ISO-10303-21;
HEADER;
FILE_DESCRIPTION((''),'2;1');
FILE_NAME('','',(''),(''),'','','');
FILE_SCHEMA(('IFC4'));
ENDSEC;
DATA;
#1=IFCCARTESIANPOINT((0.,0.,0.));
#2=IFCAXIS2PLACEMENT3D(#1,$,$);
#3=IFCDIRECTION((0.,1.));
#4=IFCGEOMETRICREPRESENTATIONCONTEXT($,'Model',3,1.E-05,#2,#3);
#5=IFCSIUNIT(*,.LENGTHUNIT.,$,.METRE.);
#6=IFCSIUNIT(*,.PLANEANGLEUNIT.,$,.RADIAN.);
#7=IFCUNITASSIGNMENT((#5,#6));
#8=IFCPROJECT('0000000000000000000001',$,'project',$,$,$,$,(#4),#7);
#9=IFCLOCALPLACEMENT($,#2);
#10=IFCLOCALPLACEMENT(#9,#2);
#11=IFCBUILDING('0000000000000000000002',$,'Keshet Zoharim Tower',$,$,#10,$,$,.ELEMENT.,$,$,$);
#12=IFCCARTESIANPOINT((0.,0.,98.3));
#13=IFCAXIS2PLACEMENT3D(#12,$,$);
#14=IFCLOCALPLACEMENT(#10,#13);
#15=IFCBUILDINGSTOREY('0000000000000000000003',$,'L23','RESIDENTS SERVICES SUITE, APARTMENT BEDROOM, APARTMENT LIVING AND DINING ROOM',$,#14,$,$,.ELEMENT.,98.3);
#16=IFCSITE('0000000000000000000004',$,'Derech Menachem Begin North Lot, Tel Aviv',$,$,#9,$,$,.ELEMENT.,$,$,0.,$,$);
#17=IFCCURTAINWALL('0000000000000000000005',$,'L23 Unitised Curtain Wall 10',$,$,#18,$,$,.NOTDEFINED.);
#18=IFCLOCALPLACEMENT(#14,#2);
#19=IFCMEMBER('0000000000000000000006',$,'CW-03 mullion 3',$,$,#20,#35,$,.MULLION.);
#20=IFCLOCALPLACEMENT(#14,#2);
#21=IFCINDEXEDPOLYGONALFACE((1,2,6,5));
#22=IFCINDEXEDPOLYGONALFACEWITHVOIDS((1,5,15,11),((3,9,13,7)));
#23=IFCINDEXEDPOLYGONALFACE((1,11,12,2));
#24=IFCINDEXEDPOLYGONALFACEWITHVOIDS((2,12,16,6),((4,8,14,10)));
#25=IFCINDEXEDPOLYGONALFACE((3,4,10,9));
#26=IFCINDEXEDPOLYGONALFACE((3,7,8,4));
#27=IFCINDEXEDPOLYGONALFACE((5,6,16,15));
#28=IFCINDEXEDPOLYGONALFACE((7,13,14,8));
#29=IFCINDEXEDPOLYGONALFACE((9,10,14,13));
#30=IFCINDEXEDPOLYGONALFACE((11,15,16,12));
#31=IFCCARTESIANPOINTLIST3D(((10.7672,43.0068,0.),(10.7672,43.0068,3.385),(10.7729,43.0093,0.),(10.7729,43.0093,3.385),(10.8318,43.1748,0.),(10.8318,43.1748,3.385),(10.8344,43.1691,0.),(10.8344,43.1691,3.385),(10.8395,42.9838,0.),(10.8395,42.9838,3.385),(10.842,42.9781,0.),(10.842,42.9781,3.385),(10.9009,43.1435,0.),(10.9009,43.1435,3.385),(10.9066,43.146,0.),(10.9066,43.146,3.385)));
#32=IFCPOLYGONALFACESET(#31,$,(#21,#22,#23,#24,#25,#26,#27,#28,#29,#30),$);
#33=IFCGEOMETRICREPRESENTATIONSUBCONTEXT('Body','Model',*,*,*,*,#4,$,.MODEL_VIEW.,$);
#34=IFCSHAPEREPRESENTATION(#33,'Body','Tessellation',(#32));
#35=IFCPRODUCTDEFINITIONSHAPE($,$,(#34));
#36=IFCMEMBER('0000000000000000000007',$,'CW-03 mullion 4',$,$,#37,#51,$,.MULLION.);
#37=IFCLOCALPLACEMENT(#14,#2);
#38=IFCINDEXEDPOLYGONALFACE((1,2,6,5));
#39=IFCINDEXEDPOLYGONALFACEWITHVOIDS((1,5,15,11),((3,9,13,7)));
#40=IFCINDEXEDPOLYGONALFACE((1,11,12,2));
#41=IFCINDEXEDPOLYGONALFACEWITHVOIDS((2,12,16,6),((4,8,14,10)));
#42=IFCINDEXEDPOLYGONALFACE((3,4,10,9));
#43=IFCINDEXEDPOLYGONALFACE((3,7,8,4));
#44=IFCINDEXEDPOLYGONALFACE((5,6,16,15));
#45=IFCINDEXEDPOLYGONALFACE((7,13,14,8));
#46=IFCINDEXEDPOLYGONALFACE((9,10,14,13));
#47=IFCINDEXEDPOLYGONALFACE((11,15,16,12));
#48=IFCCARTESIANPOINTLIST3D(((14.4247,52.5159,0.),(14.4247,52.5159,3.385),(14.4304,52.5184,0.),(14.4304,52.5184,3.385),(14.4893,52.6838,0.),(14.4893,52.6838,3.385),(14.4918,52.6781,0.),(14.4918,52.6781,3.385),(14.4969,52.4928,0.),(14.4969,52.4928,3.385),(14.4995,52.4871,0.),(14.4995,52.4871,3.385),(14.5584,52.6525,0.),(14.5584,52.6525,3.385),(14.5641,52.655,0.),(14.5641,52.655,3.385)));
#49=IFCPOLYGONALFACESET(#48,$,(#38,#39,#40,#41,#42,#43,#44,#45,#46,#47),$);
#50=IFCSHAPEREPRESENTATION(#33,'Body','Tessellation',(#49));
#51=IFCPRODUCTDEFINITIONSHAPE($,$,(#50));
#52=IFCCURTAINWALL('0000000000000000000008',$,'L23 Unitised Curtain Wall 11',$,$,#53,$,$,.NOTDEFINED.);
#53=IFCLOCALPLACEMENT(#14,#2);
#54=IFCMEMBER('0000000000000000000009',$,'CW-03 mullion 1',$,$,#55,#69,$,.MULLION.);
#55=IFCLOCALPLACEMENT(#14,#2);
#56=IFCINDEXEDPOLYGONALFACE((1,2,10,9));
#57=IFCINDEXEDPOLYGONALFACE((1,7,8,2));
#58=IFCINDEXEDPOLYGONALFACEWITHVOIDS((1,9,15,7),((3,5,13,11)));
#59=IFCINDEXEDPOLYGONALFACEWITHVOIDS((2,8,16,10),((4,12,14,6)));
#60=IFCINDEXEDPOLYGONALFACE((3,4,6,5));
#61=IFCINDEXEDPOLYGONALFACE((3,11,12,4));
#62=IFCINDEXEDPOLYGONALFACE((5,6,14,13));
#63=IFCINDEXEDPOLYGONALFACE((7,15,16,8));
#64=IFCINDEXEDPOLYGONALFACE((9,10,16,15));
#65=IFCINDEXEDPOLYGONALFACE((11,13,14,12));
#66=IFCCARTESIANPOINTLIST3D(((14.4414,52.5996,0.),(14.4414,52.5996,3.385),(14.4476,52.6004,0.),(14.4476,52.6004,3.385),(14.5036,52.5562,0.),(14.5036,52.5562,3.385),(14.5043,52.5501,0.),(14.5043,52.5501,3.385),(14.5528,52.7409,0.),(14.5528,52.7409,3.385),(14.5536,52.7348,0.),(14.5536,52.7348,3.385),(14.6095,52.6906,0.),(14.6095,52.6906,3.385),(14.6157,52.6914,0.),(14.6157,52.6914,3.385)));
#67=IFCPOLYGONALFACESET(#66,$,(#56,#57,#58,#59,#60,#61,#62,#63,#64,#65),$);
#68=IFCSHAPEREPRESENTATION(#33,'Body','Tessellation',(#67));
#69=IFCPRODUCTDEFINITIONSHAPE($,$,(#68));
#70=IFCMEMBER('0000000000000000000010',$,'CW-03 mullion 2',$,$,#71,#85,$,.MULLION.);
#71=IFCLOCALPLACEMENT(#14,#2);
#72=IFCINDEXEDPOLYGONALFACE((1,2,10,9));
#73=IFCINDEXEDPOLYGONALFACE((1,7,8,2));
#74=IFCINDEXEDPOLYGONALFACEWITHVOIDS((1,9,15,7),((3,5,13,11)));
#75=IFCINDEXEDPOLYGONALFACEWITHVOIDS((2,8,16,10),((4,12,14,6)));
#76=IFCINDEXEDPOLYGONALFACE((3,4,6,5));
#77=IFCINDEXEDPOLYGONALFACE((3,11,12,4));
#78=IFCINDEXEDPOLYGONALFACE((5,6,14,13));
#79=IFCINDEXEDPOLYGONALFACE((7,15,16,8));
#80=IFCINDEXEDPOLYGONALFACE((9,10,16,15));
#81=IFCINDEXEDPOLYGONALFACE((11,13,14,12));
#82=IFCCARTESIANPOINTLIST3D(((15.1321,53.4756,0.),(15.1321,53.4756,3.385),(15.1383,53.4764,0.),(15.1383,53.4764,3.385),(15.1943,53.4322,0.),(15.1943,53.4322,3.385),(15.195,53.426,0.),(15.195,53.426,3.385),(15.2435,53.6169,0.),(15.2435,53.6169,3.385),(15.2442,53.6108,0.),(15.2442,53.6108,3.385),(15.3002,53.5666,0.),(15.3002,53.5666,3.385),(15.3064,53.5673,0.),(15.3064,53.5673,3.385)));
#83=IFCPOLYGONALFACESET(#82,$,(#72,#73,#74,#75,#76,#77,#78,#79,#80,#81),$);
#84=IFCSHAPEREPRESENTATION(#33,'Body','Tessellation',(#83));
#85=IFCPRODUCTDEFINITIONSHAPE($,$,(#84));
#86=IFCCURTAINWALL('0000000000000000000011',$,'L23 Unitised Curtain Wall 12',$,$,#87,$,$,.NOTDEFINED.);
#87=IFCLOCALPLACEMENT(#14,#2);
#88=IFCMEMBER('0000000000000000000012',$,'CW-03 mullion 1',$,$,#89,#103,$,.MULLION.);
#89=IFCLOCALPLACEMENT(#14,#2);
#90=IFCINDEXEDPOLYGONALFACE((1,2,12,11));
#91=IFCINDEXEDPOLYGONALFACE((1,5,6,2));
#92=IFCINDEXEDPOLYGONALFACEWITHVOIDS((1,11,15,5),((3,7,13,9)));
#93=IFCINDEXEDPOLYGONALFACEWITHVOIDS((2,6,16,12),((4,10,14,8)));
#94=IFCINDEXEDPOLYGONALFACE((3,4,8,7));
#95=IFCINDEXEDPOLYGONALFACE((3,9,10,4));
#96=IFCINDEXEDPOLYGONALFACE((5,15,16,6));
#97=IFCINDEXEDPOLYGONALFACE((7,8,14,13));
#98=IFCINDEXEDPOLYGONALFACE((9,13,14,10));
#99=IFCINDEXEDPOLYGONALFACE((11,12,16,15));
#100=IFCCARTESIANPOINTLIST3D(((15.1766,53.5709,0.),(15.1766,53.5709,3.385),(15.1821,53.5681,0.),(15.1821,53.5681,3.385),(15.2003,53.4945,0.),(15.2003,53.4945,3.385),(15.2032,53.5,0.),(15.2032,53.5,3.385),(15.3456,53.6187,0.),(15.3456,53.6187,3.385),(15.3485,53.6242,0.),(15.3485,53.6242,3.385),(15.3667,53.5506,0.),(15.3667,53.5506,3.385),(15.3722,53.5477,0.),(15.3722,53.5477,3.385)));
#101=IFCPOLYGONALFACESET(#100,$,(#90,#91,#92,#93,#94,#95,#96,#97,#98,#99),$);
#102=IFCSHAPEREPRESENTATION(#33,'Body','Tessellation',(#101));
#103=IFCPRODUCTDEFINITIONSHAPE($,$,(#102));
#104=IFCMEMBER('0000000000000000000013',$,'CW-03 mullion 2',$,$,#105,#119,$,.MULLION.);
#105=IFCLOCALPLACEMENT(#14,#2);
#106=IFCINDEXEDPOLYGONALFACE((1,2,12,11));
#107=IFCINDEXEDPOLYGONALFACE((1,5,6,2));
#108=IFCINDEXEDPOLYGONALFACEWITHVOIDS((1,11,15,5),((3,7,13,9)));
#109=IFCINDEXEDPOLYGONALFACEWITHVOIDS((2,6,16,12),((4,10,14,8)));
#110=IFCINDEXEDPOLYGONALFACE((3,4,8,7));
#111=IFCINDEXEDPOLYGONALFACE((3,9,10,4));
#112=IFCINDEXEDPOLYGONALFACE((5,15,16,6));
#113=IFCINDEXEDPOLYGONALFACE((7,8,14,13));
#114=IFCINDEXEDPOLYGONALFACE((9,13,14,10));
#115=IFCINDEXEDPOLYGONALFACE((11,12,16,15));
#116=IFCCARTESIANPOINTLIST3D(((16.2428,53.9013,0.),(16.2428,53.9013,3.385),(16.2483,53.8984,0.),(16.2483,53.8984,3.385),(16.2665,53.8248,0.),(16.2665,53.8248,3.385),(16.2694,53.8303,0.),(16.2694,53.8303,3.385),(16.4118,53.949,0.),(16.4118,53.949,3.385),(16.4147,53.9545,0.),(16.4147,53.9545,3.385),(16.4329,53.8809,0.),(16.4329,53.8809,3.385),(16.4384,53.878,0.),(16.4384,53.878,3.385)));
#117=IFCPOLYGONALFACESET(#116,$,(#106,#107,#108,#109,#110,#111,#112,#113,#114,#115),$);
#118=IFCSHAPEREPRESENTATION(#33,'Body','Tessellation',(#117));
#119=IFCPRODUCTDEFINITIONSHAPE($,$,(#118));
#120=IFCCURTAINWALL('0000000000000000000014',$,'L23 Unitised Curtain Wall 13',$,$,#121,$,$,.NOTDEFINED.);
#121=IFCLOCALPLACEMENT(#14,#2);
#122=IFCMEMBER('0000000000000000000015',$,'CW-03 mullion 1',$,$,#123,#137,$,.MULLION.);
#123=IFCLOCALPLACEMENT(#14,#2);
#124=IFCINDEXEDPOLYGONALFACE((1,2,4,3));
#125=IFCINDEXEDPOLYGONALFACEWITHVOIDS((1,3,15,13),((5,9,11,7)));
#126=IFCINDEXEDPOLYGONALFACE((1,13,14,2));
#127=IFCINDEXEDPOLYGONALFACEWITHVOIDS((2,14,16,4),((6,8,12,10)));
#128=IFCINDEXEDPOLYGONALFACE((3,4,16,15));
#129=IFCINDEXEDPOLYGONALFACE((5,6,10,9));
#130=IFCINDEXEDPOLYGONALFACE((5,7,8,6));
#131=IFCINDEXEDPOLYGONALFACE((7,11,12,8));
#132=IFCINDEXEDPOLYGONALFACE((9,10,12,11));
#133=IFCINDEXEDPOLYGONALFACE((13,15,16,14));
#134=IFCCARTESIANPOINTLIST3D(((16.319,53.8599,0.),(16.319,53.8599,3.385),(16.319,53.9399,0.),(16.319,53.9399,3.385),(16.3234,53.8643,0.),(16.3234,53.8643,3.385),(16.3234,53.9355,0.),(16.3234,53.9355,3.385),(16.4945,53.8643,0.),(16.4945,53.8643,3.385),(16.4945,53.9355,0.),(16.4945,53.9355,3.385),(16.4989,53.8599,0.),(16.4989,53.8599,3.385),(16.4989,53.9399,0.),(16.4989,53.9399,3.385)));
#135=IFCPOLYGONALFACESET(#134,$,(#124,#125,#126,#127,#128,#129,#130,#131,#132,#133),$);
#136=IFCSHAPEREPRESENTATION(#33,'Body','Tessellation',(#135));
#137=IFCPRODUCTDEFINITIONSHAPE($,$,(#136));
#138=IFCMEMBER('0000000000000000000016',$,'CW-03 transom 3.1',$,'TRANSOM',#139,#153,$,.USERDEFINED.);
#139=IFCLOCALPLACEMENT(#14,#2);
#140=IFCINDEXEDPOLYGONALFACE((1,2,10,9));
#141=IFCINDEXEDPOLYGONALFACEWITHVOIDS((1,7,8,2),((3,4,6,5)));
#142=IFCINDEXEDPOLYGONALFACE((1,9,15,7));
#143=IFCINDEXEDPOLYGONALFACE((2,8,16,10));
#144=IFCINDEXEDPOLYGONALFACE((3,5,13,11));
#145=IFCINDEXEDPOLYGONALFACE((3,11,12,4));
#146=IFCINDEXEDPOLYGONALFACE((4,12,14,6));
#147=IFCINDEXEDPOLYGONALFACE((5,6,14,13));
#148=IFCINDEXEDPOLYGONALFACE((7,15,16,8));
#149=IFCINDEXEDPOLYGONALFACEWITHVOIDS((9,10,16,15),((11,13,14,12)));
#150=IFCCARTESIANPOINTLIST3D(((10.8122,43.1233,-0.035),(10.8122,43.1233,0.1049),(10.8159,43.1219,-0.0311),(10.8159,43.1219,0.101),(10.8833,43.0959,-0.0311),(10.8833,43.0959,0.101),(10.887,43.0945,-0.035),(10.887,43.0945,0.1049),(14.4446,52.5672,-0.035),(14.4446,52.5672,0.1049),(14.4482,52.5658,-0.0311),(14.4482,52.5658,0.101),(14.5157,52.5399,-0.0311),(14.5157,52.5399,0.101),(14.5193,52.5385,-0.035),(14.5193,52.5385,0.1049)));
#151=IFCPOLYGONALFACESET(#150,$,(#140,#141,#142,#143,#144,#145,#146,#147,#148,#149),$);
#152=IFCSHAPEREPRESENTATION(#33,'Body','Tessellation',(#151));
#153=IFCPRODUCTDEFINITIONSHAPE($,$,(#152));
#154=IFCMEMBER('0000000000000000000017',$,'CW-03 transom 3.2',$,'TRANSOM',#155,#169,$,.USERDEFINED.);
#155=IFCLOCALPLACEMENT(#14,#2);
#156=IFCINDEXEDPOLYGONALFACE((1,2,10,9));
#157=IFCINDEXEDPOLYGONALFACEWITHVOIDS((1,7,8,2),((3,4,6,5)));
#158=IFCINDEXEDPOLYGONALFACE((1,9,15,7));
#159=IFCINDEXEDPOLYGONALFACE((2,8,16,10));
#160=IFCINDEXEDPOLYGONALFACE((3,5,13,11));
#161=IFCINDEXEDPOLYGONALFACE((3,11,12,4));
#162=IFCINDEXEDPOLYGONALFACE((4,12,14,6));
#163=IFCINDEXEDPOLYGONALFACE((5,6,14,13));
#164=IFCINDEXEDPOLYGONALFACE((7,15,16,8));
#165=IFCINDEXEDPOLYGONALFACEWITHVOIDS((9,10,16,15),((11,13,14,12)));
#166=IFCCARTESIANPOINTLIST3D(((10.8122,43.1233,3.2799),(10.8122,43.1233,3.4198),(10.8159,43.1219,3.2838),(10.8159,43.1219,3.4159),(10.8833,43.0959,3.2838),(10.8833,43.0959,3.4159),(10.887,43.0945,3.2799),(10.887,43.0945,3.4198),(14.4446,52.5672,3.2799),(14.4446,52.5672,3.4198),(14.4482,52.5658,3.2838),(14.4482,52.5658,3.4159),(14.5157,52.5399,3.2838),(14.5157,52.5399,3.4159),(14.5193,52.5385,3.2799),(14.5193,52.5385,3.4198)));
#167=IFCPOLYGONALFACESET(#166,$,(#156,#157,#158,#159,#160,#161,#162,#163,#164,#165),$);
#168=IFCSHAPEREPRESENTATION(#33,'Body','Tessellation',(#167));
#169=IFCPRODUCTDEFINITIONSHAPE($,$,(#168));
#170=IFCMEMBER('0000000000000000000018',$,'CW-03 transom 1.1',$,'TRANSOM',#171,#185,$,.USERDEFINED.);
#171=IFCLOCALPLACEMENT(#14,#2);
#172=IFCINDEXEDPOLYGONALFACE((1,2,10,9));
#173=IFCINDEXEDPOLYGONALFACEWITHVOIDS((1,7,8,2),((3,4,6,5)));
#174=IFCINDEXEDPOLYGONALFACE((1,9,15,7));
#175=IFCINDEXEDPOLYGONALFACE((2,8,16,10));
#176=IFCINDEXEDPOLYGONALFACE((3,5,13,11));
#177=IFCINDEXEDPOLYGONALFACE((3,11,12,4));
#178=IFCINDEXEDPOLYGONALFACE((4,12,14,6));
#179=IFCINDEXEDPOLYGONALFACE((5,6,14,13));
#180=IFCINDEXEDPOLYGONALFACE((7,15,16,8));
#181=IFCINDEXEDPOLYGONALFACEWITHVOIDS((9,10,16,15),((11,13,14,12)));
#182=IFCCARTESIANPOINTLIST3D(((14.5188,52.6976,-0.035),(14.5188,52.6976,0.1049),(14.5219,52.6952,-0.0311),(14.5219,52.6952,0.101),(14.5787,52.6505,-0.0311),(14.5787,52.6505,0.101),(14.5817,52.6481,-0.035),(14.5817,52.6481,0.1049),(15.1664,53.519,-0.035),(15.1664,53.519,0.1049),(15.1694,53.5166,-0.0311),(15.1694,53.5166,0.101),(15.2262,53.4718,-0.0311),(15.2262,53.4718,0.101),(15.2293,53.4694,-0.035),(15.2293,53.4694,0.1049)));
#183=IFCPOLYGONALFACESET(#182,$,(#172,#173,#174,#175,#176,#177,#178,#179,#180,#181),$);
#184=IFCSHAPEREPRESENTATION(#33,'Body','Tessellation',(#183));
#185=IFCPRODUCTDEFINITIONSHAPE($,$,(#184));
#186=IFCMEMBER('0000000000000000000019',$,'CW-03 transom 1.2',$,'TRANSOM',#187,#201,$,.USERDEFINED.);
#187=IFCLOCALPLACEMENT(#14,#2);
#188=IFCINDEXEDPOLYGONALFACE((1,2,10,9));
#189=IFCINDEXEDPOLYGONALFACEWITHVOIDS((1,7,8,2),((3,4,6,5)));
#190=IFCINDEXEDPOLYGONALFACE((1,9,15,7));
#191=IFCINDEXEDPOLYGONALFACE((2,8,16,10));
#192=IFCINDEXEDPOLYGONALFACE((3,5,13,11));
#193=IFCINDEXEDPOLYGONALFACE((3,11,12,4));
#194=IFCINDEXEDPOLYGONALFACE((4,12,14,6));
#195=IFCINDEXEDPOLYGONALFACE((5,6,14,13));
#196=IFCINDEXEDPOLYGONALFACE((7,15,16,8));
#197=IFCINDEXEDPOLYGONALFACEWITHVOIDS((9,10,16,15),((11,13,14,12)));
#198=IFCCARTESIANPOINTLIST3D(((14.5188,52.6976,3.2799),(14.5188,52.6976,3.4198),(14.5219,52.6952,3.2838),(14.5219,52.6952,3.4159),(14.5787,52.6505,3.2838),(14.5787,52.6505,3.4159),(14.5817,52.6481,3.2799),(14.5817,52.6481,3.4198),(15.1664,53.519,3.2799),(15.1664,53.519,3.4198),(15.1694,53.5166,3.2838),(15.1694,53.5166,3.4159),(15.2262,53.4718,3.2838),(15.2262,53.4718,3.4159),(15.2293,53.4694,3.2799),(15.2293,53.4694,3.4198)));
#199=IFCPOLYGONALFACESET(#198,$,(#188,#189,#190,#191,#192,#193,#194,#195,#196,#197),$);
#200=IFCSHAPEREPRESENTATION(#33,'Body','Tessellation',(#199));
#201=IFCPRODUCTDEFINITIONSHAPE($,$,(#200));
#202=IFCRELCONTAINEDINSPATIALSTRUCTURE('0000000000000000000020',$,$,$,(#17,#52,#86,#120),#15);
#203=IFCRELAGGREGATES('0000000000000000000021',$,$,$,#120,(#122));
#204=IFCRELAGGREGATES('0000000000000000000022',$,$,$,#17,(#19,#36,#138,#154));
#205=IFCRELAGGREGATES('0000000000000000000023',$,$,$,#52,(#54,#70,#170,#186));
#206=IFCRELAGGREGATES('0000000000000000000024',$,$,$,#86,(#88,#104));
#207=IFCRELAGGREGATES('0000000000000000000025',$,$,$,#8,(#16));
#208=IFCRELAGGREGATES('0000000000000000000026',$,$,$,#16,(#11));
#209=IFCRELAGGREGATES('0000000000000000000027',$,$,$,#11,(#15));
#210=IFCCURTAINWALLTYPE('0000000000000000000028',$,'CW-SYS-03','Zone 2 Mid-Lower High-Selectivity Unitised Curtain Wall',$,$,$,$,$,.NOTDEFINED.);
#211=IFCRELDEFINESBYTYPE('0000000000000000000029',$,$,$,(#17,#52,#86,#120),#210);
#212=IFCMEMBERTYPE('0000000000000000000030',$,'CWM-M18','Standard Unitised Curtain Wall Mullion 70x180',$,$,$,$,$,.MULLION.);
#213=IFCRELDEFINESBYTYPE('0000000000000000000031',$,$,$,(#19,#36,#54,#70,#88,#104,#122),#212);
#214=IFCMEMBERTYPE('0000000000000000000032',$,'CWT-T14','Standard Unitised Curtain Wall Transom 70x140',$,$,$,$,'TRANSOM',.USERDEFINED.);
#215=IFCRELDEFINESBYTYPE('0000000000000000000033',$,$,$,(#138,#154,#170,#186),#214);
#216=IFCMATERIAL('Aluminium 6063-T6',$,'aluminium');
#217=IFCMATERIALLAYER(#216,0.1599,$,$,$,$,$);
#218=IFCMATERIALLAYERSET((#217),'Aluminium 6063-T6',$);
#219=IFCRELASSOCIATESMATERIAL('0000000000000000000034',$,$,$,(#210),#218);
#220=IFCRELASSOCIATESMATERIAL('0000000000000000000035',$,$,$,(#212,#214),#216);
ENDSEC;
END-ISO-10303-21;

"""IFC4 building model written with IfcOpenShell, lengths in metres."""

from ifc_helpers import new_model, si_unit, direction, frame, origin, origin_2d, place, context, subcontext, project, spatial, hollow_rectangle, extrude, material, layer, layer_set, material_profile, profile_set, type_object, element, aggregate, save


model = new_model("IFC4")

# Units and contexts
model_context = context("Model", 3, precision=1e-05, world=origin(), true_north=direction((0.0, 1.0)))
body_context = subcontext(model_context, "Body", "Model", "MODEL_VIEW")
ifc_project = project(units=[si_unit("LENGTHUNIT", "METRE"), si_unit("PLANEANGLEUNIT", "RADIAN")], contexts=[model_context])

# Site, building, storey
site_placement = place(None, origin())
site = spatial("IfcSite", under=ifc_project, at=site_placement, Name="Derech Menachem Begin North Lot, Tel Aviv", CompositionType="ELEMENT", RefElevation=0.0)
building_placement = place(site_placement, origin())
building = spatial("IfcBuilding", under=site, at=building_placement, Name="Keshet Zoharim Tower", CompositionType="ELEMENT")
storey_placement = place(building_placement, frame((0.0, 0.0, 98.3)))
storey = spatial("IfcBuildingStorey", under=building, at=storey_placement, Name="L23", Description="RESIDENTS SERVICES SUITE, APARTMENT BEDROOM, APARTMENT LIVING AND DINING ROOM", CompositionType="ELEMENT", Elevation=98.3)

# Curtain walls, members
ifc_material_1 = material(Name="Aluminium 6063-T6", Category="aluminium")
ifc_layer_1 = layer(ifc_material_1, 0.1599)
ifc_layer_set_1 = layer_set([ifc_layer_1], Name="Aluminium 6063-T6")
curtain_wall_type = type_object("IfcCurtainWallType", Name="CW-SYS-03", Description="Zone 2 Mid-Lower High-Selectivity Unitised Curtain Wall", PredefinedType="NOTDEFINED", material=ifc_layer_set_1)
curtain_wall_1_placement = place(storey_placement, origin())
curtain_wall_1 = element("IfcCurtainWall", 1, at=curtain_wall_1_placement, inside=storey, type_object=curtain_wall_type, Name="L23 Unitised Curtain Wall 10", PredefinedType="NOTDEFINED")
ifc_material_profile_1 = material_profile(ifc_material_1, hollow_rectangle(XDim=0.0801, YDim=0.1799, WallThickness=0.0044, at=origin_2d()), Name="MUL-80x180")
ifc_profile_set_1 = profile_set([ifc_material_profile_1], Name="Aluminium 6063-T6")
member_type_1 = type_object("IfcMemberType", Name="CWM-M18", Description="Standard Unitised Curtain Wall Mullion 70x180", PredefinedType="MULLION", material=ifc_profile_set_1)
member_1_placement = place(storey_placement, frame((10.8369, 43.0764, 0.0), z_axis=(0.0, 0.0, 1.0), x_axis=(-0.933341, 0.35899, 0.0)))
member_1 = element("IfcMember", 2, at=member_1_placement, type_object=member_type_1, Name="CW-03 mullion 3", PredefinedType="MULLION", context=body_context, shape_type="SweptSolid", body=[
    extrude(hollow_rectangle(XDim=0.0801, YDim=0.1799, WallThickness=0.0044, at=origin_2d()), origin(), (0.0, 0.0, 1.0), 3.385),
])
member_2_placement = place(storey_placement, frame((14.4944, 52.5854, 0.0), z_axis=(0.0, 0.0, 1.0), x_axis=(-0.933341, 0.35899, 0.0)))
member_2 = element("IfcMember", 3, at=member_2_placement, type_object=member_type_1, Name="CW-03 mullion 4", PredefinedType="MULLION", context=body_context, shape_type="SweptSolid", body=[
    extrude(hollow_rectangle(XDim=0.0801, YDim=0.1799, WallThickness=0.0044, at=origin_2d()), origin(), (0.0, 0.0, 1.0), 3.385),
])
curtain_wall_2_placement = place(storey_placement, origin())
curtain_wall_2 = element("IfcCurtainWall", 4, at=curtain_wall_2_placement, inside=storey, type_object=curtain_wall_type, Name="L23 Unitised Curtain Wall 11", PredefinedType="NOTDEFINED")
member_3_placement = place(storey_placement, frame((14.5286, 52.6455, 0.0), z_axis=(0.0, 0.0, 1.0), x_axis=(-0.785293, 0.619125, 0.0)))
member_3 = element("IfcMember", 5, at=member_3_placement, type_object=member_type_1, Name="CW-03 mullion 1", PredefinedType="MULLION", context=body_context, shape_type="SweptSolid", body=[
    extrude(hollow_rectangle(XDim=0.0801, YDim=0.1799, WallThickness=0.0044, at=origin_2d()), origin(), (0.0, 0.0, 1.0), 3.385),
])
member_4_placement = place(storey_placement, frame((15.2192, 53.5215, 0.0), z_axis=(0.0, 0.0, 1.0), x_axis=(-0.785293, 0.619125, 0.0)))
member_4 = element("IfcMember", 6, at=member_4_placement, type_object=member_type_1, Name="CW-03 mullion 2", PredefinedType="MULLION", context=body_context, shape_type="SweptSolid", body=[
    extrude(hollow_rectangle(XDim=0.0801, YDim=0.1799, WallThickness=0.0044, at=origin_2d()), origin(), (0.0, 0.0, 1.0), 3.385),
])
curtain_wall_3_placement = place(storey_placement, origin())
curtain_wall_3 = element("IfcCurtainWall", 7, at=curtain_wall_3_placement, inside=storey, type_object=curtain_wall_type, Name="L23 Unitised Curtain Wall 12", PredefinedType="NOTDEFINED")
member_5_placement = place(storey_placement, frame((15.2744, 53.5593, 0.0), z_axis=(0.0, 0.0, 1.0), x_axis=(-0.295922, 0.955212, 0.0)))
member_5 = element("IfcMember", 8, at=member_5_placement, type_object=member_type_1, Name="CW-03 mullion 1", PredefinedType="MULLION", context=body_context, shape_type="SweptSolid", body=[
    extrude(hollow_rectangle(XDim=0.0801, YDim=0.1799, WallThickness=0.0044, at=origin_2d()), origin(), (0.0, 0.0, 1.0), 3.385),
])
member_6_placement = place(storey_placement, frame((16.3406, 53.8896, 0.0), z_axis=(0.0, 0.0, 1.0), x_axis=(-0.295922, 0.955212, 0.0)))
member_6 = element("IfcMember", 9, at=member_6_placement, type_object=member_type_1, Name="CW-03 mullion 2", PredefinedType="MULLION", context=body_context, shape_type="SweptSolid", body=[
    extrude(hollow_rectangle(XDim=0.0801, YDim=0.1799, WallThickness=0.0044, at=origin_2d()), origin(), (0.0, 0.0, 1.0), 3.385),
])

# Curtain wall, member
curtain_wall_4_placement = place(storey_placement, origin())
curtain_wall_4 = element("IfcCurtainWall", 10, at=curtain_wall_4_placement, inside=storey, type_object=curtain_wall_type, Name="L23 Unitised Curtain Wall 13", PredefinedType="NOTDEFINED")
member_7_placement = place(storey_placement, frame((16.4089, 53.8999, 0.0), z_axis=(0.0, 0.0, 1.0), x_axis=(0.0, 1.0, 0.0)))
member_7 = element("IfcMember", 11, at=member_7_placement, type_object=member_type_1, Name="CW-03 mullion 1", PredefinedType="MULLION", context=body_context, shape_type="SweptSolid", body=[
    extrude(hollow_rectangle(XDim=0.0801, YDim=0.1799, WallThickness=0.0044, at=origin_2d()), origin(), (0.0, 0.0, 1.0), 3.385),
])

# Members
ifc_material_profile_2 = material_profile(ifc_material_1, hollow_rectangle(XDim=0.0801, YDim=0.1399, WallThickness=0.0039, at=origin_2d()), Name="TRN-80x140")
ifc_profile_set_2 = profile_set([ifc_material_profile_2], Name="Aluminium 6063-T6")
member_type_2 = type_object("IfcMemberType", Name="CWT-T14", Description="Standard Unitised Curtain Wall Transom 70x140", ElementType="TRANSOM", PredefinedType="USERDEFINED", material=ifc_profile_set_2)
member_8_placement = place(storey_placement, frame((10.8496, 43.1089, 0.0349), z_axis=(0.358986, 0.933343, 0.0), x_axis=(-0.933343, 0.358986, 0.0)))
member_8 = element("IfcMember", 12, at=member_8_placement, type_object=member_type_2, Name="CW-03 transom 3.1", ObjectType="TRANSOM", PredefinedType="USERDEFINED", context=body_context, shape_type="SweptSolid", body=[
    extrude(hollow_rectangle(XDim=0.0801, YDim=0.1399, WallThickness=0.0039, at=origin_2d()), origin(), (0.0, 0.0, 1.0), 10.1184),
])
member_9_placement = place(storey_placement, frame((10.8496, 43.1089, 3.3499), z_axis=(0.358986, 0.933343, 0.0), x_axis=(-0.933343, 0.358986, 0.0)))
member_9 = element("IfcMember", 13, at=member_9_placement, type_object=member_type_2, Name="CW-03 transom 3.2", ObjectType="TRANSOM", PredefinedType="USERDEFINED", context=body_context, shape_type="SweptSolid", body=[
    extrude(hollow_rectangle(XDim=0.0801, YDim=0.1399, WallThickness=0.0039, at=origin_2d()), origin(), (0.0, 0.0, 1.0), 10.1184),
])
member_10_placement = place(storey_placement, frame((14.5503, 52.6729, 0.0349), z_axis=(0.619099, 0.785313, 0.0), x_axis=(-0.785313, 0.619099, 0.0)))
member_10 = element("IfcMember", 14, at=member_10_placement, type_object=member_type_2, Name="CW-03 transom 1.1", ObjectType="TRANSOM", PredefinedType="USERDEFINED", context=body_context, shape_type="SweptSolid", body=[
    extrude(hollow_rectangle(XDim=0.0801, YDim=0.1399, WallThickness=0.0039, at=origin_2d()), origin(), (0.0, 0.0, 1.0), 1.0459),
])
member_11_placement = place(storey_placement, frame((14.5503, 52.6729, 3.3499), z_axis=(0.619099, 0.785313, 0.0), x_axis=(-0.785313, 0.619099, 0.0)))
member_11 = element("IfcMember", 15, at=member_11_placement, type_object=member_type_2, Name="CW-03 transom 1.2", ObjectType="TRANSOM", PredefinedType="USERDEFINED", context=body_context, shape_type="SweptSolid", body=[
    extrude(hollow_rectangle(XDim=0.0801, YDim=0.1399, WallThickness=0.0039, at=origin_2d()), origin(), (0.0, 0.0, 1.0), 1.0459),
])
aggregate(curtain_wall_4, [member_7])

aggregate(curtain_wall_1, [member_1, member_2, member_8, member_9])
aggregate(curtain_wall_2, [member_3, member_4, member_10, member_11])
aggregate(curtain_wall_3, [member_5, member_6])

save(model, "model.ifc")
